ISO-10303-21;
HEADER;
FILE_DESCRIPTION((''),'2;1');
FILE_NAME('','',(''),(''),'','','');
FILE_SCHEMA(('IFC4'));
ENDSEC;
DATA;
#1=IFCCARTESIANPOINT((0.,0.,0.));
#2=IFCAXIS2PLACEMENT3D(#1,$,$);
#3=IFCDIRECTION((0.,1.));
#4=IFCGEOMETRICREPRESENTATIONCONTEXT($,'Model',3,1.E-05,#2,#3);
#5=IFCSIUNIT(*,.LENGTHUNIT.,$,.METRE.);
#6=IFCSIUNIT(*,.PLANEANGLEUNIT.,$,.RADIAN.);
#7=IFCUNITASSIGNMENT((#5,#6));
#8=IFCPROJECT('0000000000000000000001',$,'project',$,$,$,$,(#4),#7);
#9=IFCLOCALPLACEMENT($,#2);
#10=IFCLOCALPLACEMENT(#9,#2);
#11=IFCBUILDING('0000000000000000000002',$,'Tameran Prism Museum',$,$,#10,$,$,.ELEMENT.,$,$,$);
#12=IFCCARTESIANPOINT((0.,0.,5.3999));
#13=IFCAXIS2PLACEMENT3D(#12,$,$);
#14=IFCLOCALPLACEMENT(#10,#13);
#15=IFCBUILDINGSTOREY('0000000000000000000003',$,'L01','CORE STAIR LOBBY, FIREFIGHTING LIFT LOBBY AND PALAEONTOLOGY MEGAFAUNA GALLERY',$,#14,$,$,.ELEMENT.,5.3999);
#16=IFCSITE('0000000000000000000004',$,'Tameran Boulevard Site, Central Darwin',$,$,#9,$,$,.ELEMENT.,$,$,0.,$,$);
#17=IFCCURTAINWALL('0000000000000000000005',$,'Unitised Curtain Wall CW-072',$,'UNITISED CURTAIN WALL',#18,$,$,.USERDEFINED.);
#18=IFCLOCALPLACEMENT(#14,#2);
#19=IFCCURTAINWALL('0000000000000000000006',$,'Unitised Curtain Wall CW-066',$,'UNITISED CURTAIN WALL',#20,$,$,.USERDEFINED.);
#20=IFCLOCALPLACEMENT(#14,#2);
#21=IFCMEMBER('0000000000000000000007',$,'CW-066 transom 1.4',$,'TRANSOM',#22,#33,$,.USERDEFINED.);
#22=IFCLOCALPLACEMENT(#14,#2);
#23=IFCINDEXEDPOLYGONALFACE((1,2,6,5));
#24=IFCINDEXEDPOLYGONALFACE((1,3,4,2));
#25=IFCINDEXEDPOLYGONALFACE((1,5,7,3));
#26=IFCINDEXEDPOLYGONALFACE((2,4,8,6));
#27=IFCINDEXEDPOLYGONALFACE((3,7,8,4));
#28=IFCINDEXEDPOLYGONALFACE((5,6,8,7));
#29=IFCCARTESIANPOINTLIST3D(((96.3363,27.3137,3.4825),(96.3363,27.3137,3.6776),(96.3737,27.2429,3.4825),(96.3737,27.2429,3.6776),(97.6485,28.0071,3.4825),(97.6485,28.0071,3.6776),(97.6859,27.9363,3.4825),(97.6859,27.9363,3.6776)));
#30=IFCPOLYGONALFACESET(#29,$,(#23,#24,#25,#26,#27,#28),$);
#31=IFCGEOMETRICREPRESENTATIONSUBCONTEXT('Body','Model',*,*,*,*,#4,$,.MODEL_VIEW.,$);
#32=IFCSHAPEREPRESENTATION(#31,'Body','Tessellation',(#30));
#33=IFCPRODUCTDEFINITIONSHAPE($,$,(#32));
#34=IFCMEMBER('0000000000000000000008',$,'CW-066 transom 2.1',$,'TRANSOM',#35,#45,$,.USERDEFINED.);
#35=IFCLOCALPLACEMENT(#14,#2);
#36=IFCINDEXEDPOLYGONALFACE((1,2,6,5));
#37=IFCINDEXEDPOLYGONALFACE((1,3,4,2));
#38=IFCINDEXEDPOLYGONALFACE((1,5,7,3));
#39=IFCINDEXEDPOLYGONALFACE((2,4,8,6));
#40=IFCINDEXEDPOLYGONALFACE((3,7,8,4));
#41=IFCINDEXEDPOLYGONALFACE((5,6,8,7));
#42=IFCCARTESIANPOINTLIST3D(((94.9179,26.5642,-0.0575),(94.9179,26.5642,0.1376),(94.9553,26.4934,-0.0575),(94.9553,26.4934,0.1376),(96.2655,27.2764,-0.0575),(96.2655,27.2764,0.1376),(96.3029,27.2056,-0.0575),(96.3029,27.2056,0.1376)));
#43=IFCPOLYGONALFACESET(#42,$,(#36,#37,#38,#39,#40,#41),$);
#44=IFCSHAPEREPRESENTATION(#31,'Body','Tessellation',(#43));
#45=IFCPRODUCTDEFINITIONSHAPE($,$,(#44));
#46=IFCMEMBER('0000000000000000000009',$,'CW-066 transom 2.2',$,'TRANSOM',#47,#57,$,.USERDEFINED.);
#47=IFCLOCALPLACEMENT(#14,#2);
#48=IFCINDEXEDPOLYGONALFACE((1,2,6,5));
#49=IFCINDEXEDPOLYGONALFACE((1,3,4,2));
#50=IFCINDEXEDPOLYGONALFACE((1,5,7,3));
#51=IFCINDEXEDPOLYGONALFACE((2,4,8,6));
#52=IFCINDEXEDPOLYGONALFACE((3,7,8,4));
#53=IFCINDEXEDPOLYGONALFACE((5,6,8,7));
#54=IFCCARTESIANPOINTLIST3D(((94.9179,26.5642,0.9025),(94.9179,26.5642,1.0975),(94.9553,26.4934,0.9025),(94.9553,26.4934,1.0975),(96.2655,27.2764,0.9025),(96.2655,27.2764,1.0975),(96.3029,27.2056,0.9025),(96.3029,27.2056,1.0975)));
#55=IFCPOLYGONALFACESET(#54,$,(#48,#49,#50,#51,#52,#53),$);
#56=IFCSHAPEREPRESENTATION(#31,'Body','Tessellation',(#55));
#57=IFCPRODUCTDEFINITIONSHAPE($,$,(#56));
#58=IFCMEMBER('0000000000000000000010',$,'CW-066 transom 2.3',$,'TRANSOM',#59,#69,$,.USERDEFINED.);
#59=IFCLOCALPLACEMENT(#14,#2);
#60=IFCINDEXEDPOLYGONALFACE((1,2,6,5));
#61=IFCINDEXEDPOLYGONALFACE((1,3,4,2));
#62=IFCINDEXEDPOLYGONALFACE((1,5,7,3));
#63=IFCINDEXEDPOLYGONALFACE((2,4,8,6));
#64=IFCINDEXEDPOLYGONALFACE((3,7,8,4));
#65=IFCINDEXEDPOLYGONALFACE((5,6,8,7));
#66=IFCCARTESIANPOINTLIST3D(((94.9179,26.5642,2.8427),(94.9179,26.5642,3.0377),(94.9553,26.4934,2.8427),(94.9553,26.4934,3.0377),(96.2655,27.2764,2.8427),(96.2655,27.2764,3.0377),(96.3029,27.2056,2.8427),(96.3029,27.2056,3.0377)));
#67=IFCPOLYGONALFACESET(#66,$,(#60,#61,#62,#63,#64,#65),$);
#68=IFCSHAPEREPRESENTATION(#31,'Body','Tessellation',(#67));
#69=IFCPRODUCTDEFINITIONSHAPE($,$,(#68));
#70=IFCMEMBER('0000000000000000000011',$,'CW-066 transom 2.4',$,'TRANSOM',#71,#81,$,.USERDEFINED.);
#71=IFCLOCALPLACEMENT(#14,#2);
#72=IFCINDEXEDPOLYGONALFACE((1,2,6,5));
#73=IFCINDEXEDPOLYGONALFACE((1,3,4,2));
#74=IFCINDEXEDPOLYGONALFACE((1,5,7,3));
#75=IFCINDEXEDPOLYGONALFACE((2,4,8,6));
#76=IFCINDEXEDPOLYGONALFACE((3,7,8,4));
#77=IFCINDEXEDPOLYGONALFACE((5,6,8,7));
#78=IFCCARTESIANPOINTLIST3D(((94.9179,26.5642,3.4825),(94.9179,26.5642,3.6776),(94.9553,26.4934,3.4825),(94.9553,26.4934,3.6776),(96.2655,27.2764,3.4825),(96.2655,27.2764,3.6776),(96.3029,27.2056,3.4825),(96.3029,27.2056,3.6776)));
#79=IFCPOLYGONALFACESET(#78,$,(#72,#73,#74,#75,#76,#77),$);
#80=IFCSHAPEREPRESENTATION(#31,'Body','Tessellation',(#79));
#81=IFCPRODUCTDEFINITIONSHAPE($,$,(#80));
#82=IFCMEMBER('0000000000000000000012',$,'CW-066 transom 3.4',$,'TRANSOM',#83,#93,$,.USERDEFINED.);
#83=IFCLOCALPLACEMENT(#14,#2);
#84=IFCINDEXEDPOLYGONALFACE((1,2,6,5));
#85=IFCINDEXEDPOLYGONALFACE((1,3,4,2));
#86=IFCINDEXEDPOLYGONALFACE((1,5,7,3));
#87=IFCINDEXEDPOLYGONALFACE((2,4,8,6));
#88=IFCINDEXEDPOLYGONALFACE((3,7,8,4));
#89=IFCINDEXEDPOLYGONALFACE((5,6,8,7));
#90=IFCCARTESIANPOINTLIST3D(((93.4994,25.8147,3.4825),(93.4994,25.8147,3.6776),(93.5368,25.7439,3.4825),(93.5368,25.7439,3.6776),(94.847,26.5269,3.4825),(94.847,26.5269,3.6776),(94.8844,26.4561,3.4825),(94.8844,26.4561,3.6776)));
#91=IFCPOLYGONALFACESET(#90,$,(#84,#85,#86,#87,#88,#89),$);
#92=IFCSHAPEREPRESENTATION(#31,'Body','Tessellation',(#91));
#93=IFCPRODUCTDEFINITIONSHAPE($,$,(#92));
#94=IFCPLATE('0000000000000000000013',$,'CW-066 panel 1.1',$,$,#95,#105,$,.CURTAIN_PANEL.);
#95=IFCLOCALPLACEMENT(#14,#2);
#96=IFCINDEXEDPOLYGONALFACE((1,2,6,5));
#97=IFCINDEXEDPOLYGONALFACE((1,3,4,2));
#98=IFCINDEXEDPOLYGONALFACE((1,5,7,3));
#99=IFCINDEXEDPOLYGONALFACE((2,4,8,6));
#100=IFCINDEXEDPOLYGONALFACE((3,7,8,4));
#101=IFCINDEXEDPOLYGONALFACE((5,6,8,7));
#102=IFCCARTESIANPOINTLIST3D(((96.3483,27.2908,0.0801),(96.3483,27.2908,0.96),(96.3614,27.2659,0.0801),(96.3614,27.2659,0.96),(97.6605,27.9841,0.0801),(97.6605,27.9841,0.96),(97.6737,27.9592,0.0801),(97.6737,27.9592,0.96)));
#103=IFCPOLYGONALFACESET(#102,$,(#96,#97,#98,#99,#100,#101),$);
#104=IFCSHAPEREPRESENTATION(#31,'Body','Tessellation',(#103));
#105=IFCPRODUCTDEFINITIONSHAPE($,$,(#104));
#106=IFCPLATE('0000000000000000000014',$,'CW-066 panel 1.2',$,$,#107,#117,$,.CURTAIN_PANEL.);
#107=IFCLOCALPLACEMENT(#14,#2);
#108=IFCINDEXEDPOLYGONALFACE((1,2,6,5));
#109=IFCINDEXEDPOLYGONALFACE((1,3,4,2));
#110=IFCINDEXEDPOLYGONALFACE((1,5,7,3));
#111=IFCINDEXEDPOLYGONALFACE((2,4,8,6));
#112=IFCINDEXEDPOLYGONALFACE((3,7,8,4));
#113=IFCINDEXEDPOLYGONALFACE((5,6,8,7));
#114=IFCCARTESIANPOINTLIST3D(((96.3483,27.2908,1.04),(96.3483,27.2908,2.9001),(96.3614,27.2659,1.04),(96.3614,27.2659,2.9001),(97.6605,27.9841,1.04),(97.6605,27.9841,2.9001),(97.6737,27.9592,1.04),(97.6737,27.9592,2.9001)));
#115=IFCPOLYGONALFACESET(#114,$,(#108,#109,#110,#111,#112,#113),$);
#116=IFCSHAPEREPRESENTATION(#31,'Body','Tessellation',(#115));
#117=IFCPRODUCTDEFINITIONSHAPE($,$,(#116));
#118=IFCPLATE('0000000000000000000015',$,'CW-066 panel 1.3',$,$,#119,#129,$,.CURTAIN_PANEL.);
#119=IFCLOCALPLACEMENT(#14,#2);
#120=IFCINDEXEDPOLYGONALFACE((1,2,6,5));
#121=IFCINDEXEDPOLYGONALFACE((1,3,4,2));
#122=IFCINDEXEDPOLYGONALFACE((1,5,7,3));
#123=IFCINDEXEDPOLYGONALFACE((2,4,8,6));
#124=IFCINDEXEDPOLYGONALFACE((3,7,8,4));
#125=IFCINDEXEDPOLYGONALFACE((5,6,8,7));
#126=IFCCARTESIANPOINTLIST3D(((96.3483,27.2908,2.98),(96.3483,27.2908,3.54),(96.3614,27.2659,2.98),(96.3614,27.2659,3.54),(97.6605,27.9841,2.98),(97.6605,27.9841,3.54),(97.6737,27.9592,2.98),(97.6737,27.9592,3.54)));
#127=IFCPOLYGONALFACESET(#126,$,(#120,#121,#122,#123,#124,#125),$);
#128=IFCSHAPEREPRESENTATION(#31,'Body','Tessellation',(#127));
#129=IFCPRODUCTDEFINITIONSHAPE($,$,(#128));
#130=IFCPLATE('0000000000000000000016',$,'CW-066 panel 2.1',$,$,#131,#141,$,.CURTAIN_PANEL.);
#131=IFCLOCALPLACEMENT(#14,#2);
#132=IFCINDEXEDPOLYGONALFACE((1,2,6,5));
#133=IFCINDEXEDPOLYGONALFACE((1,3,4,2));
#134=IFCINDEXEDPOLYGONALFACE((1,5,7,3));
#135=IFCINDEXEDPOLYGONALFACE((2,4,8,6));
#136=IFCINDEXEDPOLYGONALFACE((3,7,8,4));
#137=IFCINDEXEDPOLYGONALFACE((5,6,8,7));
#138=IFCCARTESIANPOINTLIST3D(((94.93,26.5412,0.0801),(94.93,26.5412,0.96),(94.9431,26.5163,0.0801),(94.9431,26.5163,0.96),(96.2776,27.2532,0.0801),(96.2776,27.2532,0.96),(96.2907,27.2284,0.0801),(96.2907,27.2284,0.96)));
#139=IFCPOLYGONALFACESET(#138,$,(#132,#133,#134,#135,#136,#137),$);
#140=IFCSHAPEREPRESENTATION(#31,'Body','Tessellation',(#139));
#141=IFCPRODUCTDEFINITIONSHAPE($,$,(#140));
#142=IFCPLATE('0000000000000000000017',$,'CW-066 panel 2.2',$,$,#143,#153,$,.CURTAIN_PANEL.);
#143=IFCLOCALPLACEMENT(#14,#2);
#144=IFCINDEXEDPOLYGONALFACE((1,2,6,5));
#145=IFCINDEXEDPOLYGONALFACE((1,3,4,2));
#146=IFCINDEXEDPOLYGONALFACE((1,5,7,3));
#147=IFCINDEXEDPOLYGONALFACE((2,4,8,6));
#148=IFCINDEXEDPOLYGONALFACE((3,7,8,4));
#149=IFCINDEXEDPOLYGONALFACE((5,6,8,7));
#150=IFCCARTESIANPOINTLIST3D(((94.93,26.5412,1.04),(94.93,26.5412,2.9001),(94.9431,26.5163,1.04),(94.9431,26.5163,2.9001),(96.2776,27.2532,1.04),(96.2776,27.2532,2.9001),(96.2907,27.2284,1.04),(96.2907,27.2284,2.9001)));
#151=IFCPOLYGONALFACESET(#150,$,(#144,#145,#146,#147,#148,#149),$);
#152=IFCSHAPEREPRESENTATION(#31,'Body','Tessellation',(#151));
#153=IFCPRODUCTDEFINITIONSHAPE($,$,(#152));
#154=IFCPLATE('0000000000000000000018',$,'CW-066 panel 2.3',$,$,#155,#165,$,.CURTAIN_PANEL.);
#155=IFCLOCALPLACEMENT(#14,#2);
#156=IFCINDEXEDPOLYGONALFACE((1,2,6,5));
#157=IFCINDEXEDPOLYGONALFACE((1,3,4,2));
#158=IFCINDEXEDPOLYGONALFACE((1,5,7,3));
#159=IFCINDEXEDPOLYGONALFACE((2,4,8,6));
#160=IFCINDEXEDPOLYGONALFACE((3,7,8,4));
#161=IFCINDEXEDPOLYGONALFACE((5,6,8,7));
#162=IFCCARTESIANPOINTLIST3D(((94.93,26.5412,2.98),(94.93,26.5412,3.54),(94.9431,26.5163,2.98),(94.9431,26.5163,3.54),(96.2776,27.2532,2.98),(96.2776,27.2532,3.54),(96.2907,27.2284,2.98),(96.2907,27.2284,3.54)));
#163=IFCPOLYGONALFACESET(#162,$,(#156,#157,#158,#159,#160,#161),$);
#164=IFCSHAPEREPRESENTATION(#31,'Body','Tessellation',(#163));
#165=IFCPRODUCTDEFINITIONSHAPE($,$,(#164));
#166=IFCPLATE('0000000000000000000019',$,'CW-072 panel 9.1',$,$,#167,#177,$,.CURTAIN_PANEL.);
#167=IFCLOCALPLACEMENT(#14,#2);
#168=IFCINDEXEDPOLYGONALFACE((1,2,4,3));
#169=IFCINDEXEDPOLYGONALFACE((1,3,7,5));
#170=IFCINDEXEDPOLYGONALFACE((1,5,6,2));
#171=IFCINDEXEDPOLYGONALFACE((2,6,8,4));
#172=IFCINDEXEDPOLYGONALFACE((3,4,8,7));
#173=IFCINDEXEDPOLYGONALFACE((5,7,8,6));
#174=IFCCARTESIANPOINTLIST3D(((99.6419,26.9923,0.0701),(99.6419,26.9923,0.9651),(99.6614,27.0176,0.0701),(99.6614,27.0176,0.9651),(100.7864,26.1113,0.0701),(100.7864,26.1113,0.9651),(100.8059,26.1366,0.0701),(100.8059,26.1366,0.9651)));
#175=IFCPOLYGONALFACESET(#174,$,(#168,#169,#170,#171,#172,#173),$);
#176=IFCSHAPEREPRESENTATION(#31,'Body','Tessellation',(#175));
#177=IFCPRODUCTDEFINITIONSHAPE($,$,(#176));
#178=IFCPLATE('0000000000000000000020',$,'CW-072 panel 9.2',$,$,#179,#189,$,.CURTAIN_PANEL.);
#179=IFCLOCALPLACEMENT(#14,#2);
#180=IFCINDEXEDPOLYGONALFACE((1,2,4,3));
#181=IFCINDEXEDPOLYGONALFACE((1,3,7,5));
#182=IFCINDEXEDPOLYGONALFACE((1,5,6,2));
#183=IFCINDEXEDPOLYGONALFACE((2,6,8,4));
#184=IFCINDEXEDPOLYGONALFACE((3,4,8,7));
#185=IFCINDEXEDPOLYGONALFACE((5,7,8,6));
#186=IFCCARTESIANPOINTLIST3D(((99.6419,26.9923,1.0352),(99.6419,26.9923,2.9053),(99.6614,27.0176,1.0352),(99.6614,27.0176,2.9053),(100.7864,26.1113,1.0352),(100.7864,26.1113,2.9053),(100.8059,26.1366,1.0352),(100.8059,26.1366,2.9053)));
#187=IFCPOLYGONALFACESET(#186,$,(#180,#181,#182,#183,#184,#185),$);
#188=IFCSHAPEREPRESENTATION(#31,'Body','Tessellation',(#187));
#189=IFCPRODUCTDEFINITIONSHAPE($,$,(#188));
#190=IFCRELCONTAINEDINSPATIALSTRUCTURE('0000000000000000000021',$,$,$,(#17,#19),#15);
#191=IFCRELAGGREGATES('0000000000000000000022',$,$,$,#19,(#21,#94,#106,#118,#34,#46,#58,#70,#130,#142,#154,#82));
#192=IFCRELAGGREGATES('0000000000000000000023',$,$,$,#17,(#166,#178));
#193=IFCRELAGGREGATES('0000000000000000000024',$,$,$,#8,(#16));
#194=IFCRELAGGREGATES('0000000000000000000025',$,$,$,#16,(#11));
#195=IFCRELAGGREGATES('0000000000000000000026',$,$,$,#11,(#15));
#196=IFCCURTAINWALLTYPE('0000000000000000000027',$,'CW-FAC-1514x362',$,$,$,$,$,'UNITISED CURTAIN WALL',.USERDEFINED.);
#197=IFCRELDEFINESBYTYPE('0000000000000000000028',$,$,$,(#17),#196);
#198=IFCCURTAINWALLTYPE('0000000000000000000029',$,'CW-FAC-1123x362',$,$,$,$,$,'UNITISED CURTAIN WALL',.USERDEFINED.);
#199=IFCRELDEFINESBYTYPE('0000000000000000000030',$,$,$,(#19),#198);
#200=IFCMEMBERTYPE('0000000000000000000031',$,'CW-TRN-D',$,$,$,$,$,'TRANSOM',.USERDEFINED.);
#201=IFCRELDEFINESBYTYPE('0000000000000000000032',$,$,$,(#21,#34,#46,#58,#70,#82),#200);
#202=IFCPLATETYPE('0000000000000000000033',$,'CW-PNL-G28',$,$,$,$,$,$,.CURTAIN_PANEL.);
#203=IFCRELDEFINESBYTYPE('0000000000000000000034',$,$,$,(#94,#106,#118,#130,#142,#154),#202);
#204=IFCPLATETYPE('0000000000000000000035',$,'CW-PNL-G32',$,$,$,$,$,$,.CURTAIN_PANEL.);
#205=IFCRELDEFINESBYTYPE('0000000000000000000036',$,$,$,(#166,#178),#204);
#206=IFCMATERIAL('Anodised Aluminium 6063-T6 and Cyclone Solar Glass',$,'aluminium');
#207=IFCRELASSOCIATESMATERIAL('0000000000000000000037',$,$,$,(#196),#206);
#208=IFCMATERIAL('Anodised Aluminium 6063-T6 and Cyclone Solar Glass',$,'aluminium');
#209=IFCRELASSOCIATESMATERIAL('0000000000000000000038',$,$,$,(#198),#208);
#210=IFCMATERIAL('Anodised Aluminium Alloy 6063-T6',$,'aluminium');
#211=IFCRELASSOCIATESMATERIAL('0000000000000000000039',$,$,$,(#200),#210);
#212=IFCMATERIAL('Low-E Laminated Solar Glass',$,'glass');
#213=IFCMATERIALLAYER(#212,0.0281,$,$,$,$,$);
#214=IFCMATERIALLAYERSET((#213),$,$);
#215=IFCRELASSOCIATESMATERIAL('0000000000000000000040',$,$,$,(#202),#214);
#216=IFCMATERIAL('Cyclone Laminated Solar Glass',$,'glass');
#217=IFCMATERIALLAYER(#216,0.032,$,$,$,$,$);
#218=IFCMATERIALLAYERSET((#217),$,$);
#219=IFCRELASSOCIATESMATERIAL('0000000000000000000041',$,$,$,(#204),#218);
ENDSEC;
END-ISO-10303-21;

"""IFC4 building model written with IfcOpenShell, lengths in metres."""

from ifc_helpers import new_model, si_unit, direction, frame, origin, origin_2d, place, context, subcontext, project, spatial, rectangle, extrude, material, layer, layer_set, material_profile, profile_set, type_object, element, aggregate, save


model = new_model("IFC4")

# Units and contexts
model_context = context("Model", 3, precision=1e-05, world=origin(), true_north=direction((0.0, 1.0)))
body_context = subcontext(model_context, "Body", "Model", "MODEL_VIEW")
ifc_project = project(units=[si_unit("LENGTHUNIT", "METRE"), si_unit("PLANEANGLEUNIT", "RADIAN")], contexts=[model_context])

# Site, building, storey
site_placement = place(None, origin())
site = spatial("IfcSite", under=ifc_project, at=site_placement, Name="Tameran Boulevard Site, Central Darwin", CompositionType="ELEMENT", RefElevation=0.0)
building_placement = place(site_placement, origin())
building = spatial("IfcBuilding", under=site, at=building_placement, Name="Tameran Prism Museum", CompositionType="ELEMENT")
storey_placement = place(building_placement, frame((0.0, 0.0, 5.3999)))
storey = spatial("IfcBuildingStorey", under=building, at=storey_placement, Name="L01", Description="CORE STAIR LOBBY, FIREFIGHTING LIFT LOBBY AND PALAEONTOLOGY MEGAFAUNA GALLERY", CompositionType="ELEMENT", Elevation=5.3999)

# Curtain walls
ifc_material_1 = material(Name="Anodised Aluminium 6063-T6 and Cyclone Solar Glass", Category="aluminium")
curtain_wall_type_1 = type_object("IfcCurtainWallType", Name="CW-FAC-1514x362", ElementType="UNITISED CURTAIN WALL", PredefinedType="USERDEFINED", material=ifc_material_1)
curtain_wall_1_placement = place(storey_placement, origin())
curtain_wall_1 = element("IfcCurtainWall", 1, at=curtain_wall_1_placement, inside=storey, type_object=curtain_wall_type_1, Name="Unitised Curtain Wall CW-072", ObjectType="UNITISED CURTAIN WALL", PredefinedType="USERDEFINED")
ifc_material_2 = material(Name="Anodised Aluminium 6063-T6 and Cyclone Solar Glass", Category="aluminium")
curtain_wall_type_2 = type_object("IfcCurtainWallType", Name="CW-FAC-1123x362", ElementType="UNITISED CURTAIN WALL", PredefinedType="USERDEFINED", material=ifc_material_2)
curtain_wall_2_placement = place(storey_placement, origin())
curtain_wall_2 = element("IfcCurtainWall", 2, at=curtain_wall_2_placement, inside=storey, type_object=curtain_wall_type_2, Name="Unitised Curtain Wall CW-066", ObjectType="UNITISED CURTAIN WALL", PredefinedType="USERDEFINED")

# Members
ifc_material_3 = material(Name="Anodised Aluminium Alloy 6063-T6", Category="aluminium")
ifc_material_profile_1 = material_profile(ifc_material_3, rectangle(XDim=0.0801, YDim=0.1951, at=origin_2d()))
ifc_profile_set_1 = profile_set([ifc_material_profile_1])
member_type_1 = type_object("IfcMemberType", Name="CW-TRN-D", ElementType="TRANSOM", PredefinedType="USERDEFINED", material=ifc_profile_set_1)
member_1_placement = place(storey_placement, frame((97.6672, 27.9717, 3.5801), z_axis=(-0.884168, -0.46717, 0.0), x_axis=(0.46717, -0.884168, 0.0)))
member_1 = element("IfcMember", 3, at=member_1_placement, type_object=member_type_1, Name="CW-066 transom 1.4", ObjectType="TRANSOM", PredefinedType="USERDEFINED", context=body_context, shape_type="SweptSolid", body=[
    extrude(rectangle(XDim=0.0801, YDim=0.1951, at=origin_2d()), origin(), (0.0, 0.0, 1.0), 1.4841),
])
member_2_placement = place(storey_placement, frame((96.2842, 27.241, 0.04), z_axis=(-0.884142, -0.467218, 0.0), x_axis=(0.467218, -0.884142, 0.0)))
member_2 = element("IfcMember", 4, at=member_2_placement, type_object=member_type_1, Name="CW-066 transom 2.1", ObjectType="TRANSOM", PredefinedType="USERDEFINED", context=body_context, shape_type="SweptSolid", body=[
    extrude(rectangle(XDim=0.0801, YDim=0.1951, at=origin_2d()), origin(), (0.0, 0.0, 1.0), 1.5242),
])
member_3_placement = place(storey_placement, frame((96.2842, 27.241, 1.0), z_axis=(-0.884142, -0.467218, 0.0), x_axis=(0.467218, -0.884142, 0.0)))
member_3 = element("IfcMember", 5, at=member_3_placement, type_object=member_type_1, Name="CW-066 transom 2.2", ObjectType="TRANSOM", PredefinedType="USERDEFINED", context=body_context, shape_type="SweptSolid", body=[
    extrude(rectangle(XDim=0.0801, YDim=0.1951, at=origin_2d()), origin(), (0.0, 0.0, 1.0), 1.5242),
])
member_4_placement = place(storey_placement, frame((96.2842, 27.241, 2.9402), z_axis=(-0.884142, -0.467218, 0.0), x_axis=(0.467218, -0.884142, 0.0)))
member_4 = element("IfcMember", 6, at=member_4_placement, type_object=member_type_1, Name="CW-066 transom 2.3", ObjectType="TRANSOM", PredefinedType="USERDEFINED", context=body_context, shape_type="SweptSolid", body=[
    extrude(rectangle(XDim=0.0801, YDim=0.1951, at=origin_2d()), origin(), (0.0, 0.0, 1.0), 1.5242),
])
member_5_placement = place(storey_placement, frame((96.2842, 27.241, 3.5801), z_axis=(-0.884142, -0.467218, 0.0), x_axis=(0.467218, -0.884142, 0.0)))
member_5 = element("IfcMember", 7, at=member_5_placement, type_object=member_type_1, Name="CW-066 transom 2.4", ObjectType="TRANSOM", PredefinedType="USERDEFINED", context=body_context, shape_type="SweptSolid", body=[
    extrude(rectangle(XDim=0.0801, YDim=0.1951, at=origin_2d()), origin(), (0.0, 0.0, 1.0), 1.5242),
])
member_6_placement = place(storey_placement, frame((94.8657, 26.4915, 3.5801), z_axis=(-0.884142, -0.467218, 0.0), x_axis=(0.467218, -0.884142, 0.0)))
member_6 = element("IfcMember", 8, at=member_6_placement, type_object=member_type_1, Name="CW-066 transom 3.4", ObjectType="TRANSOM", PredefinedType="USERDEFINED", context=body_context, shape_type="SweptSolid", body=[
    extrude(rectangle(XDim=0.0801, YDim=0.1951, at=origin_2d()), origin(), (0.0, 0.0, 1.0), 1.5242),
])

# Plates
ifc_material_4 = material(Name="Low-E Laminated Solar Glass", Category="glass")
ifc_layer_1 = layer(ifc_material_4, 0.0281)
ifc_layer_set_1 = layer_set([ifc_layer_1])
plate_type_1 = type_object("IfcPlateType", Name="CW-PNL-G28", PredefinedType="CURTAIN_PANEL", material=ifc_layer_set_1)
plate_1_placement = place(storey_placement, frame((97.011, 27.625, 0.0801), z_axis=(0.0, 0.0, 1.0), x_axis=(-0.884175, -0.467155, 0.0)))
plate_1 = element("IfcPlate", 9, at=plate_1_placement, type_object=plate_type_1, Name="CW-066 panel 1.1", PredefinedType="CURTAIN_PANEL", context=body_context, shape_type="SweptSolid", body=[
    extrude(rectangle(XDim=1.4841, YDim=0.0281, at=origin_2d()), origin(), (0.0, 0.0, 1.0), 0.8799),
])
plate_2_placement = place(storey_placement, frame((97.011, 27.625, 1.04), z_axis=(0.0, 0.0, 1.0), x_axis=(-0.884175, -0.467155, 0.0)))
plate_2 = element("IfcPlate", 10, at=plate_2_placement, type_object=plate_type_1, Name="CW-066 panel 1.2", PredefinedType="CURTAIN_PANEL", context=body_context, shape_type="SweptSolid", body=[
    extrude(rectangle(XDim=1.4841, YDim=0.0281, at=origin_2d()), origin(), (0.0, 0.0, 1.0), 1.8601),
])
plate_3_placement = place(storey_placement, frame((97.011, 27.625, 2.98), z_axis=(0.0, 0.0, 1.0), x_axis=(-0.884175, -0.467155, 0.0)))
plate_3 = element("IfcPlate", 11, at=plate_3_placement, type_object=plate_type_1, Name="CW-066 panel 1.3", PredefinedType="CURTAIN_PANEL", context=body_context, shape_type="SweptSolid", body=[
    extrude(rectangle(XDim=1.4841, YDim=0.0281, at=origin_2d()), origin(), (0.0, 0.0, 1.0), 0.5601),
])
plate_4_placement = place(storey_placement, frame((95.6104, 26.8848, 0.0801), z_axis=(0.0, 0.0, 1.0), x_axis=(-0.884175, -0.467155, 0.0)))
plate_4 = element("IfcPlate", 12, at=plate_4_placement, type_object=plate_type_1, Name="CW-066 panel 2.1", PredefinedType="CURTAIN_PANEL", context=body_context, shape_type="SweptSolid", body=[
    extrude(rectangle(XDim=1.5242, YDim=0.0281, at=origin_2d()), origin(), (0.0, 0.0, 1.0), 0.8799),
])
plate_5_placement = place(storey_placement, frame((95.6104, 26.8848, 1.04), z_axis=(0.0, 0.0, 1.0), x_axis=(-0.884175, -0.467155, 0.0)))
plate_5 = element("IfcPlate", 13, at=plate_5_placement, type_object=plate_type_1, Name="CW-066 panel 2.2", PredefinedType="CURTAIN_PANEL", context=body_context, shape_type="SweptSolid", body=[
    extrude(rectangle(XDim=1.5242, YDim=0.0281, at=origin_2d()), origin(), (0.0, 0.0, 1.0), 1.8601),
])
plate_6_placement = place(storey_placement, frame((95.6104, 26.8848, 2.98), z_axis=(0.0, 0.0, 1.0), x_axis=(-0.884175, -0.467155, 0.0)))
plate_6 = element("IfcPlate", 14, at=plate_6_placement, type_object=plate_type_1, Name="CW-066 panel 2.3", PredefinedType="CURTAIN_PANEL", context=body_context, shape_type="SweptSolid", body=[
    extrude(rectangle(XDim=1.5242, YDim=0.0281, at=origin_2d()), origin(), (0.0, 0.0, 1.0), 0.5601),
])
aggregate(curtain_wall_2, [member_1, plate_1, plate_2, plate_3, member_2, member_3, member_4, member_5, plate_4, plate_5, plate_6, member_6])
ifc_material_5 = material(Name="Cyclone Laminated Solar Glass", Category="glass")
ifc_layer_2 = layer(ifc_material_5, 0.032)
ifc_layer_set_2 = layer_set([ifc_layer_2])
plate_type_2 = type_object("IfcPlateType", Name="CW-PNL-G32", PredefinedType="CURTAIN_PANEL", material=ifc_layer_set_2)
plate_7_placement = place(storey_placement, frame((100.2239, 26.5645, 0.0701), z_axis=(0.0, 0.0, 1.0), x_axis=(-0.792401, 0.610001, 0.0)))
plate_7 = element("IfcPlate", 15, at=plate_7_placement, type_object=plate_type_2, Name="CW-072 panel 9.1", PredefinedType="CURTAIN_PANEL", context=body_context, shape_type="SweptSolid", body=[
    extrude(rectangle(XDim=1.4443, YDim=0.032, at=origin_2d()), origin(), (0.0, 0.0, 1.0), 0.895),
])
plate_8_placement = place(storey_placement, frame((100.2239, 26.5645, 1.0352), z_axis=(0.0, 0.0, 1.0), x_axis=(-0.792401, 0.610001, 0.0)))
plate_8 = element("IfcPlate", 16, at=plate_8_placement, type_object=plate_type_2, Name="CW-072 panel 9.2", PredefinedType="CURTAIN_PANEL", context=body_context, shape_type="SweptSolid", body=[
    extrude(rectangle(XDim=1.4443, YDim=0.032, at=origin_2d()), origin(), (0.0, 0.0, 1.0), 1.8701),
])
aggregate(curtain_wall_1, [plate_7, plate_8])

save(model, "model.ifc")
